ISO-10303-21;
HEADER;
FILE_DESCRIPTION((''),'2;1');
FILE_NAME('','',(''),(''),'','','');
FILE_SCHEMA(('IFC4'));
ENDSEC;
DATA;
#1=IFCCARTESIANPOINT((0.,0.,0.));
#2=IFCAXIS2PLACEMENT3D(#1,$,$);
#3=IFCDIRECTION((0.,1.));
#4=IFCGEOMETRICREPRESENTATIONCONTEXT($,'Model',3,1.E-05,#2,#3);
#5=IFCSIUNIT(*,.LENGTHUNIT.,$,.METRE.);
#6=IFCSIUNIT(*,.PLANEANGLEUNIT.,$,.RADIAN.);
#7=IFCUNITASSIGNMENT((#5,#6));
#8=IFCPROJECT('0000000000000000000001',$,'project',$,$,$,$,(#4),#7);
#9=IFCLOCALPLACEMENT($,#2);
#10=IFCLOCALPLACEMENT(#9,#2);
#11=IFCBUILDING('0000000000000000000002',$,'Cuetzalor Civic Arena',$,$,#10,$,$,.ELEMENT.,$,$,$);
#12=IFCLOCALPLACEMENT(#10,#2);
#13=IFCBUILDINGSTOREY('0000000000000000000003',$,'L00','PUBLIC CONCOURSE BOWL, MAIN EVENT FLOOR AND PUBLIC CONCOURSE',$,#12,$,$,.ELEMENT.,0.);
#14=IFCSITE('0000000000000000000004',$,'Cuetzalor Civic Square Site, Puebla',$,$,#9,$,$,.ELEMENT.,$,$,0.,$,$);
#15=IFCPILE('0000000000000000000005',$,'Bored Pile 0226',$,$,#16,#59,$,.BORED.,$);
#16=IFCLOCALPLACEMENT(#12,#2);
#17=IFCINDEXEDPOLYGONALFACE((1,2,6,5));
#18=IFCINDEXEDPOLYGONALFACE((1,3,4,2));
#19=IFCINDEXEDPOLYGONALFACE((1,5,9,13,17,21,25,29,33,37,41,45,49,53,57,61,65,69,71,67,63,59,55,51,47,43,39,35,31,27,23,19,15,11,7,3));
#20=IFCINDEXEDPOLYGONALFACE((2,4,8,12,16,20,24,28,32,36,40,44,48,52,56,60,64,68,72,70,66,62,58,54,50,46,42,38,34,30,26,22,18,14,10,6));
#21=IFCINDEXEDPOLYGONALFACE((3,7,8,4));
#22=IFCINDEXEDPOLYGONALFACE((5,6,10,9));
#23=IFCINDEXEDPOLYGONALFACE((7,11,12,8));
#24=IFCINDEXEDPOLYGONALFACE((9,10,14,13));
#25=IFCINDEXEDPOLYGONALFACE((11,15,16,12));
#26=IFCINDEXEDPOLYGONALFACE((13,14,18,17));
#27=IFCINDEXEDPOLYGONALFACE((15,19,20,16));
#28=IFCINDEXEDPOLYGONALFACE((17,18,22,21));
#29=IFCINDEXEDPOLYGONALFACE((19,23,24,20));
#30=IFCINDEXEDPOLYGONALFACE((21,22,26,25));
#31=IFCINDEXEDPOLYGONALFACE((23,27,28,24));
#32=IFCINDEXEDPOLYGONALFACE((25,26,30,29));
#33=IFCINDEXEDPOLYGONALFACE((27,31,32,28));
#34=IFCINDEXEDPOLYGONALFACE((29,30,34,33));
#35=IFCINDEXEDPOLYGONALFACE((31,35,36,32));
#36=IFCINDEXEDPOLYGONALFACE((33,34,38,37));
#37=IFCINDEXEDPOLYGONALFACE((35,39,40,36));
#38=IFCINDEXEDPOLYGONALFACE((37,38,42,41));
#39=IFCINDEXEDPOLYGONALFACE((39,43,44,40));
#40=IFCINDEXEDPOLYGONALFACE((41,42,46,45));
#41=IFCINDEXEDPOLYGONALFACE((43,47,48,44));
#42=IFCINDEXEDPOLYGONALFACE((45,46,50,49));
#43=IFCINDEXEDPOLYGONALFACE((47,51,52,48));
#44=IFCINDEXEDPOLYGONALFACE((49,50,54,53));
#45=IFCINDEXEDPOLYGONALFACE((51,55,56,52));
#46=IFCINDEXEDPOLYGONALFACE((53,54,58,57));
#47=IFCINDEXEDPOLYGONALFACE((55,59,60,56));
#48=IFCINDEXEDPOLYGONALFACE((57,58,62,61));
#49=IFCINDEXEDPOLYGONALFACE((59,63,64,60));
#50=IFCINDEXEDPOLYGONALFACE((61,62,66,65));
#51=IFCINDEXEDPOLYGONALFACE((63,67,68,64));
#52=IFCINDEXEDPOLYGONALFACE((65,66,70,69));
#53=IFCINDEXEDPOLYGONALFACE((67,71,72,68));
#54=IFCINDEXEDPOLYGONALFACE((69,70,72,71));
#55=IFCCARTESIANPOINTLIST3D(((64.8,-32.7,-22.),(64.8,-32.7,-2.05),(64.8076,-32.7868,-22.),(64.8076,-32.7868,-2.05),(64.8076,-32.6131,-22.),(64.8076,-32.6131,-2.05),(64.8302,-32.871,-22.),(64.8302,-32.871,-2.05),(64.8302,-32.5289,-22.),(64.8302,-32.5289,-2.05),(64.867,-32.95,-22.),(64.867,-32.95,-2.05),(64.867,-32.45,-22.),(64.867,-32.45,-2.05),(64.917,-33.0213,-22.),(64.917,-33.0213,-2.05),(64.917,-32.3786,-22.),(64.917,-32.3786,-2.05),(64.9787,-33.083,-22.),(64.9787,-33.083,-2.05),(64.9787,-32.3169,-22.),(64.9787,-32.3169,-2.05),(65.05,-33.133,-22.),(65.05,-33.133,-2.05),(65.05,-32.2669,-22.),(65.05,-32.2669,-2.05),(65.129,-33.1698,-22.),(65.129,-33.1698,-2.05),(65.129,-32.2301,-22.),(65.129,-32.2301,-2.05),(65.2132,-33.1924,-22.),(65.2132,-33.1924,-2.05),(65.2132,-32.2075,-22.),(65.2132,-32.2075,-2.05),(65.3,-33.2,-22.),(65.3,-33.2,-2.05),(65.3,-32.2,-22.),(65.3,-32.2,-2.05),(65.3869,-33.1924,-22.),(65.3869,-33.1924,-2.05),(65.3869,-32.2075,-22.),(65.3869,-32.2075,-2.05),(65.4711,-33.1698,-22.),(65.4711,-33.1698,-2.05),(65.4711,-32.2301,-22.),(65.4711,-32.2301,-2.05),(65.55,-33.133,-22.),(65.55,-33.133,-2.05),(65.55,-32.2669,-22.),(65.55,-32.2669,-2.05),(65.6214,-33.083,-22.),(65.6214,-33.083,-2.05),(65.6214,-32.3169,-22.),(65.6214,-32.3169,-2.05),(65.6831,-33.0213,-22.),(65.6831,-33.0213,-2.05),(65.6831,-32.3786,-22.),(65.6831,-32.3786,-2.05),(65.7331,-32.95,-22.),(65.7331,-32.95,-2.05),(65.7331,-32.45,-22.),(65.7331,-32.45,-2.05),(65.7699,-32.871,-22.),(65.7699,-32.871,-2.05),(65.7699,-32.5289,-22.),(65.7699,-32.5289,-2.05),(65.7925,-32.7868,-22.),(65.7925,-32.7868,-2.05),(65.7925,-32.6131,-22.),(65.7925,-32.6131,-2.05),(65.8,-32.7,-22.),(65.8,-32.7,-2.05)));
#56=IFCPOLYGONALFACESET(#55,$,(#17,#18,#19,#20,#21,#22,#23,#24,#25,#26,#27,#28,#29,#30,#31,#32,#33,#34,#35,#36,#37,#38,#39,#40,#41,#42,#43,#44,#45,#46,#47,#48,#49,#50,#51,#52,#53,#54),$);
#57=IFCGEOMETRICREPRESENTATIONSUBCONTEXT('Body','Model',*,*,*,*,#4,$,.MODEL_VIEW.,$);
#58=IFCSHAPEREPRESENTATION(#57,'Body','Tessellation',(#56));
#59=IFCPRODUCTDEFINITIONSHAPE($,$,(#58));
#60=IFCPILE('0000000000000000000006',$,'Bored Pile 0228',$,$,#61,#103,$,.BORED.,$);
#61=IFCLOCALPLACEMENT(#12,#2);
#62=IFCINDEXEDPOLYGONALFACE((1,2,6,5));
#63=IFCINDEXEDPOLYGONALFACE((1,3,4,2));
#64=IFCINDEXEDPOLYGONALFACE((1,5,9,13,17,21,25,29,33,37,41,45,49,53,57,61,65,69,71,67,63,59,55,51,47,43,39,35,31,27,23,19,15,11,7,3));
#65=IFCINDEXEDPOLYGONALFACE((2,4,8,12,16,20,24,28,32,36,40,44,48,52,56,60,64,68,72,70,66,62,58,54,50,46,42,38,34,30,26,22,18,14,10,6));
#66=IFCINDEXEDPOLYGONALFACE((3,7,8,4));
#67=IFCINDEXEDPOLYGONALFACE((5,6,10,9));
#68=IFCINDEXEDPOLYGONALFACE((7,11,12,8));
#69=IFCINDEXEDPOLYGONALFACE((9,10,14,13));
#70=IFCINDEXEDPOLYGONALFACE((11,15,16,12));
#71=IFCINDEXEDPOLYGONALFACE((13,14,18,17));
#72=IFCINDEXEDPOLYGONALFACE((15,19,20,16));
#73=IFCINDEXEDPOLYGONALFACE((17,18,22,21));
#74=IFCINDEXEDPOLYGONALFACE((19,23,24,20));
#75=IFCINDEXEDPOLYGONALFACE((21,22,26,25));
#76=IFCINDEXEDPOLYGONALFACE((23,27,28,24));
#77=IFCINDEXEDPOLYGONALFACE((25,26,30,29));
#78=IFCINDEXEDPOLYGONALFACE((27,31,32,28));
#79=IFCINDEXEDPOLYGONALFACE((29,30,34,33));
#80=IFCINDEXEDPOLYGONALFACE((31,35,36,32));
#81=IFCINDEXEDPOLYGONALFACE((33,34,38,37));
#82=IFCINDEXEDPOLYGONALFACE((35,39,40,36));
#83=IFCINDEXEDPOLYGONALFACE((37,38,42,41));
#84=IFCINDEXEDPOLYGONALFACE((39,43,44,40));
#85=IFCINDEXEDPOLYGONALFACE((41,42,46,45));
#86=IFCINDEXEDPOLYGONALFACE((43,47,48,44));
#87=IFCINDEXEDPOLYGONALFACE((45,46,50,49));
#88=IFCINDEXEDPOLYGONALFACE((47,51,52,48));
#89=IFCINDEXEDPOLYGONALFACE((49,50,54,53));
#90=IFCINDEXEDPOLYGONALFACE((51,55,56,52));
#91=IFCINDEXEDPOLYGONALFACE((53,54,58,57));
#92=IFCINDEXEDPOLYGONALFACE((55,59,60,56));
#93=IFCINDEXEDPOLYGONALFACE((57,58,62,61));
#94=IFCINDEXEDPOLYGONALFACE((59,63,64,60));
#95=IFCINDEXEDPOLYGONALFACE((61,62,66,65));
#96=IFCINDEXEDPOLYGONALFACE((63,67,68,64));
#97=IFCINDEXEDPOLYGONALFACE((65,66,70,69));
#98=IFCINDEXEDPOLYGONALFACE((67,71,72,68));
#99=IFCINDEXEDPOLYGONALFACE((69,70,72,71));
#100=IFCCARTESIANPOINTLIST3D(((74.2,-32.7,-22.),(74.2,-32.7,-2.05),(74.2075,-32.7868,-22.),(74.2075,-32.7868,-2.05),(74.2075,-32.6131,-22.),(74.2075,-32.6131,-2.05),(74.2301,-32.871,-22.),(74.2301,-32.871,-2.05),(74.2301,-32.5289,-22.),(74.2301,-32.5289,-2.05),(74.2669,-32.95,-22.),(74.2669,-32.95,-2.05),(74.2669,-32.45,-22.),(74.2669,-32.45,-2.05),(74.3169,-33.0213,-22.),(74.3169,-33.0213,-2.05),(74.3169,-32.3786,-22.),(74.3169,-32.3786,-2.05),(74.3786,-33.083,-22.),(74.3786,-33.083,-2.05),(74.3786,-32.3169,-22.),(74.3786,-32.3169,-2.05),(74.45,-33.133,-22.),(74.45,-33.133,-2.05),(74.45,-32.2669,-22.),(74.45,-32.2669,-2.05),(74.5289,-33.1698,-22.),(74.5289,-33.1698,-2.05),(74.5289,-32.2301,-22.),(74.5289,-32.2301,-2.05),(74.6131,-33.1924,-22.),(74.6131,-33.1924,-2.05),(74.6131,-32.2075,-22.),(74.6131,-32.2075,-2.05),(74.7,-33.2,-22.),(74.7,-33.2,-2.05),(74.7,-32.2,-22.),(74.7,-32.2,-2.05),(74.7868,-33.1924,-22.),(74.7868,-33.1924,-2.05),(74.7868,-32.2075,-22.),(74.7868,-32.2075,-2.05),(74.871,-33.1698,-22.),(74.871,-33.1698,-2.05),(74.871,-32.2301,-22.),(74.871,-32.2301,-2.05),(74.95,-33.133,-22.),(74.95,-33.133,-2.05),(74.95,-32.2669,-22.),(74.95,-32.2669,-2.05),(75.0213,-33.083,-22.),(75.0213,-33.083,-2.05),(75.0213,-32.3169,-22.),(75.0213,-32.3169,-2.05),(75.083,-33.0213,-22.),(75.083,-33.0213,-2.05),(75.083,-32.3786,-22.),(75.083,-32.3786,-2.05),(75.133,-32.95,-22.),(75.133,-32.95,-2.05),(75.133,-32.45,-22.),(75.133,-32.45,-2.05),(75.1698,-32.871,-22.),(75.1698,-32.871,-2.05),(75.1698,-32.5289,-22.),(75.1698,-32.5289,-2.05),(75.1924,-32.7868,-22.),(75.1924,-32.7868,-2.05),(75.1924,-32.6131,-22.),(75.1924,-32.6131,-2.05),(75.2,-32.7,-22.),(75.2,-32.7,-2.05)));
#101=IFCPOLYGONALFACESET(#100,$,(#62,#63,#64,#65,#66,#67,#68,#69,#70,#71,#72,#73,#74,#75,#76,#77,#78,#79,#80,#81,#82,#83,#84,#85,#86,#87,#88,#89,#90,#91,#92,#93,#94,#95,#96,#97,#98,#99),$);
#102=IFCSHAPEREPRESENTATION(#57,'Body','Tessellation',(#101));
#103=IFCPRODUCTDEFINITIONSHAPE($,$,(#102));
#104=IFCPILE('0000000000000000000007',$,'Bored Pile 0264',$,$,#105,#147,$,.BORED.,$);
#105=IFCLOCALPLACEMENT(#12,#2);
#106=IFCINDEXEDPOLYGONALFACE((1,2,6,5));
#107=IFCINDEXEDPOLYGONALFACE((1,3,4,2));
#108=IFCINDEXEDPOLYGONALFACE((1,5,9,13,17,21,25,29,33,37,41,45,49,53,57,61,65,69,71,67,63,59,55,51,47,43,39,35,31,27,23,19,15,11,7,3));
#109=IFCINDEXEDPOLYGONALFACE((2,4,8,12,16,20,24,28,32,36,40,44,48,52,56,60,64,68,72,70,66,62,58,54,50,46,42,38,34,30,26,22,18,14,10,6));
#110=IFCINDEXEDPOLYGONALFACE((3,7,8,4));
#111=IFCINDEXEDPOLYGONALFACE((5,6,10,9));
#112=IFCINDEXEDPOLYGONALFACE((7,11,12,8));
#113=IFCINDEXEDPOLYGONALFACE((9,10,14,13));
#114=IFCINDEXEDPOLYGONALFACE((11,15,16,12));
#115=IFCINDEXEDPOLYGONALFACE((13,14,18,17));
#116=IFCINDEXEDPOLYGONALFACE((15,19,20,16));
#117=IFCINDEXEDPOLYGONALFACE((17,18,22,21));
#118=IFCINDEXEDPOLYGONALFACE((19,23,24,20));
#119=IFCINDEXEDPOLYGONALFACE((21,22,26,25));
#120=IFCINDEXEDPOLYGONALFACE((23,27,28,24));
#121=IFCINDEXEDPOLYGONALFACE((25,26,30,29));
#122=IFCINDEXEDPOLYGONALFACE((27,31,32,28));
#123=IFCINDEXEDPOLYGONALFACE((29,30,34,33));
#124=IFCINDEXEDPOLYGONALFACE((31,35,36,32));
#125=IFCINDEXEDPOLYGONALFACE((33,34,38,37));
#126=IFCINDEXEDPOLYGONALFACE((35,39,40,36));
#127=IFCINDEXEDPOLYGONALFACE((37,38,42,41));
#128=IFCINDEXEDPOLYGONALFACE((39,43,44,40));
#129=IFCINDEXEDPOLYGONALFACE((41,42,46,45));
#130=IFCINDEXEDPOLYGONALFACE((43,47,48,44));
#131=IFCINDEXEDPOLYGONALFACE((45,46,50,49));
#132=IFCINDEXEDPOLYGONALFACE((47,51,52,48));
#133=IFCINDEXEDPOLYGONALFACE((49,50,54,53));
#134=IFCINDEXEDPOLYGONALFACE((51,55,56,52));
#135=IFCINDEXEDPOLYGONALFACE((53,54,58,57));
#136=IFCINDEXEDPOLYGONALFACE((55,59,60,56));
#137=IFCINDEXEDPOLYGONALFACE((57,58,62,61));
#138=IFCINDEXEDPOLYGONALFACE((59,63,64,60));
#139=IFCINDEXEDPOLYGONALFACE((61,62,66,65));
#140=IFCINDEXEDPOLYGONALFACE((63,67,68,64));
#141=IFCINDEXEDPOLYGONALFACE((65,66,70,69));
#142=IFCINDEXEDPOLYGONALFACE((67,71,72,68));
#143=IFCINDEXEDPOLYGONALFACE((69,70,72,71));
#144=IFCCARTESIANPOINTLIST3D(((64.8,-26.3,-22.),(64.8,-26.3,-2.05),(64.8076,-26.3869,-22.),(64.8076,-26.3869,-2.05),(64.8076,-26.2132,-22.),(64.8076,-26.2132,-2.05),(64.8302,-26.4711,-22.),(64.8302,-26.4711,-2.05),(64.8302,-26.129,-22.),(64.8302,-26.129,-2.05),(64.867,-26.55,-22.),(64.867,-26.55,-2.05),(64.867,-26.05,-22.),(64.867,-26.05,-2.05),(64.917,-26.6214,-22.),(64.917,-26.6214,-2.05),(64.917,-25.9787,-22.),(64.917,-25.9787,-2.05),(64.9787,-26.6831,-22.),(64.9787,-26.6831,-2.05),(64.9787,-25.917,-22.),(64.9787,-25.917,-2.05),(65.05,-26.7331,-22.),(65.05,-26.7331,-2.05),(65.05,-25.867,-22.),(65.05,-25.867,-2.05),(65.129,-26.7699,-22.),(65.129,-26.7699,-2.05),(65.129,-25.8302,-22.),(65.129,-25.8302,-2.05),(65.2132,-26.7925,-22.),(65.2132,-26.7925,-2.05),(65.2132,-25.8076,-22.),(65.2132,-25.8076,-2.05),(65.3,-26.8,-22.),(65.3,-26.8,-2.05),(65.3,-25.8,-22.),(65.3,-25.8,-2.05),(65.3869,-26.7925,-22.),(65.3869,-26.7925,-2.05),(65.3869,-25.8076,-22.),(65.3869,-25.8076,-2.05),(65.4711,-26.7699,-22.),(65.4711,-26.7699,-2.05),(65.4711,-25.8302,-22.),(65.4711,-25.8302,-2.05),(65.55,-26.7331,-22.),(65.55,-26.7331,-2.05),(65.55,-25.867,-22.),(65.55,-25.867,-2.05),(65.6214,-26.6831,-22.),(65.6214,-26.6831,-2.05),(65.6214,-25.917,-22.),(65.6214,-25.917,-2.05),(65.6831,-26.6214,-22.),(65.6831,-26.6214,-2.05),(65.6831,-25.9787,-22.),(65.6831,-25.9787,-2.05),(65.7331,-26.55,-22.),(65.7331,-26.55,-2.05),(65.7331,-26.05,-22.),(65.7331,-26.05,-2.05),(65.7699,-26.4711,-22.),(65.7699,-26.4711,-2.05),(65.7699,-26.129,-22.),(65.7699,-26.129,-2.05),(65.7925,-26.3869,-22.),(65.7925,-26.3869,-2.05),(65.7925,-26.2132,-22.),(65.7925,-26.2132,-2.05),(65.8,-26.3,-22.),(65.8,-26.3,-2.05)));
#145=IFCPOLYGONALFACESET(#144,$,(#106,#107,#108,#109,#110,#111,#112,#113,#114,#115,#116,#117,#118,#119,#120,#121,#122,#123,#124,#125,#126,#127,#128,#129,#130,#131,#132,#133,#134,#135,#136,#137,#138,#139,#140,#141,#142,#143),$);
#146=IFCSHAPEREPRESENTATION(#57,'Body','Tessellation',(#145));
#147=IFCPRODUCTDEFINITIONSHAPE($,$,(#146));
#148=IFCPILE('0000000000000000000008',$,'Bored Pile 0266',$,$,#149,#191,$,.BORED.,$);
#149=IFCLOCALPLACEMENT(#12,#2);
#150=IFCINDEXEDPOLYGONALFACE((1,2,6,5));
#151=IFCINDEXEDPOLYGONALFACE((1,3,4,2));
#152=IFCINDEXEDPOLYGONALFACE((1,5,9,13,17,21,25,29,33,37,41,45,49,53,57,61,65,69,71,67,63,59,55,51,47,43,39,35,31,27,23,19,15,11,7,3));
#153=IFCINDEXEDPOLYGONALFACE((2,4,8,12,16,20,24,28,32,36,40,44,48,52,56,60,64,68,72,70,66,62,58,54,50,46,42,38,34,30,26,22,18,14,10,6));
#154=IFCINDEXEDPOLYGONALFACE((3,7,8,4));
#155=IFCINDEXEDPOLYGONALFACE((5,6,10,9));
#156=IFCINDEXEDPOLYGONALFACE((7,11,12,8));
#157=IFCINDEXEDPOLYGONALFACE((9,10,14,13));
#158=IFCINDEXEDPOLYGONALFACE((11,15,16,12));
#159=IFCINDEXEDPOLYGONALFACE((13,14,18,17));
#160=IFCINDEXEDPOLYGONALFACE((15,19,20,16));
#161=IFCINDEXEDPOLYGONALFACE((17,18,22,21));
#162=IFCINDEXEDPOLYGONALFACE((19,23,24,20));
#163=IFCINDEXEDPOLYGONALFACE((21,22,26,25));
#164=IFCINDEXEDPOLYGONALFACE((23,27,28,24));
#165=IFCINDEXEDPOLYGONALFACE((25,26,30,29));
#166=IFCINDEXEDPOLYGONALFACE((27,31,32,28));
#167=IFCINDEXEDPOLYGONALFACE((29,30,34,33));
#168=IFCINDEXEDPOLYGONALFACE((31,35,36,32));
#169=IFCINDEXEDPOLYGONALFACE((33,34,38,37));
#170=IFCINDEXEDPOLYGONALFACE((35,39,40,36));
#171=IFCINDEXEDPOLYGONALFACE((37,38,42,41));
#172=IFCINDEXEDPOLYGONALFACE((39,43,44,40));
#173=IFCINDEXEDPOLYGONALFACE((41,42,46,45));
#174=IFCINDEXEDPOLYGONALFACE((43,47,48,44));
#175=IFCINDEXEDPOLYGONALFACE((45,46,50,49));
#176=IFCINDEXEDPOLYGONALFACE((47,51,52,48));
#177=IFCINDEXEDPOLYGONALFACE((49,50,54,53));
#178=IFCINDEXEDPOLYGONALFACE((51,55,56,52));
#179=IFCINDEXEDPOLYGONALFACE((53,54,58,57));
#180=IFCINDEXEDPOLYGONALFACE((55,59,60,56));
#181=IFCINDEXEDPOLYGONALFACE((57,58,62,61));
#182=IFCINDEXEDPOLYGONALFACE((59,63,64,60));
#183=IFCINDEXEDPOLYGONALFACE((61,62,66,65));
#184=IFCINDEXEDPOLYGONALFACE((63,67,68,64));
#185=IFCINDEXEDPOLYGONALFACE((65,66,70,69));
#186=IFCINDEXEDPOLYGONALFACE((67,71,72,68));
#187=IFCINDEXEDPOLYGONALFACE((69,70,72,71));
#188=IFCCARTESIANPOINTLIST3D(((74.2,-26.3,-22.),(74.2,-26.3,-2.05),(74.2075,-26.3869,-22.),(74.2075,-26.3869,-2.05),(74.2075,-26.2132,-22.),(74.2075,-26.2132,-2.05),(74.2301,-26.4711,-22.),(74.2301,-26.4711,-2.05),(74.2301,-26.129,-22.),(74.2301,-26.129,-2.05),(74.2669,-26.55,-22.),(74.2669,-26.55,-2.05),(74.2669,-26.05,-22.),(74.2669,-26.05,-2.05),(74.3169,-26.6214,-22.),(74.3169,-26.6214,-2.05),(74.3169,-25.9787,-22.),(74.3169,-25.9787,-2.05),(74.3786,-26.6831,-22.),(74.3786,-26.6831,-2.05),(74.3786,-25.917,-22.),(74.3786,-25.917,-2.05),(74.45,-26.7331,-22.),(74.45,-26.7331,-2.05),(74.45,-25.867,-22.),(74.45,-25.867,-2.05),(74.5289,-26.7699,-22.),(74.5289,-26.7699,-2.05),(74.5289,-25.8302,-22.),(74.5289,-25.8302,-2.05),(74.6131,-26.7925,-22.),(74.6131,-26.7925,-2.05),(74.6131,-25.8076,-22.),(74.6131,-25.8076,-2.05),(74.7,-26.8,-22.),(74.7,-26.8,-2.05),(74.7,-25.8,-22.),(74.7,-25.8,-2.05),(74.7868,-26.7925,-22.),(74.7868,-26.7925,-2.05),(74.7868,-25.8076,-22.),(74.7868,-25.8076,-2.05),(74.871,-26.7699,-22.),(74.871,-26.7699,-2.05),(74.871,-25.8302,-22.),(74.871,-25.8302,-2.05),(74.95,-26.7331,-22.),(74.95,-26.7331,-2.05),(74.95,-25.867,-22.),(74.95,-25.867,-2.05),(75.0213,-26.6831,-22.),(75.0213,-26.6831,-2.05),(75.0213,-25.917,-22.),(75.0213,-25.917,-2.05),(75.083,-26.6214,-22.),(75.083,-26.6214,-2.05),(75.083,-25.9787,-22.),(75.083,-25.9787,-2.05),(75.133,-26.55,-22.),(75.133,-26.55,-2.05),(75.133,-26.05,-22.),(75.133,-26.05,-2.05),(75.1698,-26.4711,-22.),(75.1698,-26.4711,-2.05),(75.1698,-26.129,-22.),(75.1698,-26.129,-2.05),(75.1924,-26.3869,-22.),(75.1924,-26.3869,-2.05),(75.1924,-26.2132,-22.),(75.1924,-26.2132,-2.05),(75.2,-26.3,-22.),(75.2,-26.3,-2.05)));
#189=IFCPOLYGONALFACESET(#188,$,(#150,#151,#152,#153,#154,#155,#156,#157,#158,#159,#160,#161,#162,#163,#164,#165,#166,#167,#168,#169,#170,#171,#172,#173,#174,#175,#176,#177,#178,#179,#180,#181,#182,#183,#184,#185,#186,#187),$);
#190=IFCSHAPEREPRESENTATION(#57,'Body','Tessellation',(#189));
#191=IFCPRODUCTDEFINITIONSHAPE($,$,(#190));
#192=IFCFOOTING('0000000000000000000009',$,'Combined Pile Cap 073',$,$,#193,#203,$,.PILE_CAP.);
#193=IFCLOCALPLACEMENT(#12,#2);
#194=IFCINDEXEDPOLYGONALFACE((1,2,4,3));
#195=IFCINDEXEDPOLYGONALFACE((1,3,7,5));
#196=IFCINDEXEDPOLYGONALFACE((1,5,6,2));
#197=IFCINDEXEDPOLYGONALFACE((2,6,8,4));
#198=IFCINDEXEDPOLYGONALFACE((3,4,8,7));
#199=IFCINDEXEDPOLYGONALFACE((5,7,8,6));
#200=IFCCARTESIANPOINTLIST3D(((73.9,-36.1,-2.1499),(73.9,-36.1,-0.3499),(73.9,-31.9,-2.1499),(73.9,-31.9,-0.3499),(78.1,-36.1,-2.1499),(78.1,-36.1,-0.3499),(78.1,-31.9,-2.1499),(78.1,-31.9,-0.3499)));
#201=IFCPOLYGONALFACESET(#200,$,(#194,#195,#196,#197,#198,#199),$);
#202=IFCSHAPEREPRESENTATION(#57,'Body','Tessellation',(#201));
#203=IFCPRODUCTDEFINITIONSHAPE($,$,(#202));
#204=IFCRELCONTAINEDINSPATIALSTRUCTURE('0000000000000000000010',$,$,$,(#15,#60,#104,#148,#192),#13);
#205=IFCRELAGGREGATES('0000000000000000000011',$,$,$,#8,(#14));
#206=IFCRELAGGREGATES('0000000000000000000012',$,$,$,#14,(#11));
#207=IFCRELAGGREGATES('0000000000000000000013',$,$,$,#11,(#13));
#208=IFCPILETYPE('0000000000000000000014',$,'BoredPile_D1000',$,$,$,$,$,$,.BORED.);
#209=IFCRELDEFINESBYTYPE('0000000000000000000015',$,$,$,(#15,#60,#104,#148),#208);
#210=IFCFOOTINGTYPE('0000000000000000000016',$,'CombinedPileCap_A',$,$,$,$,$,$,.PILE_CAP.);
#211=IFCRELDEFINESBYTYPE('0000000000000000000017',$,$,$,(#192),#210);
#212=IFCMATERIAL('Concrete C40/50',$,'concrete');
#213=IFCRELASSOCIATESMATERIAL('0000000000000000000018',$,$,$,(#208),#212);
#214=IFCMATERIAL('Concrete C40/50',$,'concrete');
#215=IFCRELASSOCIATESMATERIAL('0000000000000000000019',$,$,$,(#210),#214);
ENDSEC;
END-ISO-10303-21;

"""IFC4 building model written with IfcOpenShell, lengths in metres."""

from ifc_helpers import new_model, si_unit, direction, frame, origin, origin_2d, place, context, subcontext, project, spatial, rectangle, circle, extrude, material, material_profile, profile_set, type_object, element, save


model = new_model("IFC4")

# Units and contexts
model_context = context("Model", 3, precision=1e-05, world=origin(), true_north=direction((0.0, 1.0)))
body_context = subcontext(model_context, "Body", "Model", "MODEL_VIEW")
ifc_project = project(units=[si_unit("LENGTHUNIT", "METRE"), si_unit("PLANEANGLEUNIT", "RADIAN")], contexts=[model_context])

# Site, building, storey
site_placement = place(None, origin())
site = spatial("IfcSite", under=ifc_project, at=site_placement, Name="Cuetzalor Civic Square Site, Puebla", CompositionType="ELEMENT", RefElevation=0.0)
building_placement = place(site_placement, origin())
building = spatial("IfcBuilding", under=site, at=building_placement, Name="Cuetzalor Civic Arena", CompositionType="ELEMENT")
storey_placement = place(building_placement, origin())
storey = spatial("IfcBuildingStorey", under=building, at=storey_placement, Name="L00", Description="PUBLIC CONCOURSE BOWL, MAIN EVENT FLOOR AND PUBLIC CONCOURSE", CompositionType="ELEMENT", Elevation=0.0)

# Piles
ifc_material_1 = material(Name="Concrete C40/50", Category="concrete")
ifc_material_profile_1 = material_profile(ifc_material_1, circle(Radius=0.5, at=origin_2d()), Name="BORED PILE D1000")
ifc_profile_set_1 = profile_set([ifc_material_profile_1], Name="Concrete C40/50")
pile_type = type_object("IfcPileType", Name="BoredPile_D1000", PredefinedType="BORED", material=ifc_profile_set_1)
for number, where, z_axis, x_axis, name in (
    (1, (65.3, -32.7, -2.05), (0.0, 0.0, -1.0), (1.0, 0.0, 0.0), "Bored Pile 0226"),
    (2, (74.7, -32.7, -2.05), (0.0, 0.0, -1.0), (1.0, 0.0, 0.0), "Bored Pile 0228"),
    (3, (65.3, -26.3, -2.05), (0.0, 0.0, -1.0), (1.0, 0.0, 0.0), "Bored Pile 0264"),
    (4, (74.7, -26.3, -2.05), (0.0, 0.0, -1.0), (1.0, 0.0, 0.0), "Bored Pile 0266"),
):
    element("IfcPile", number, at=place(storey_placement, frame(where, z_axis=z_axis, x_axis=x_axis)), inside=storey, type_object=pile_type, Name=name, PredefinedType="BORED", context=body_context, shape_type="SweptSolid", body=[
        extrude(circle(Radius=0.5, at=origin_2d()), origin(), (0.0, 0.0, 1.0), 19.95),
    ])

# Footing
ifc_material_2 = material(Name="Concrete C40/50", Category="concrete")
footing_type_1 = type_object("IfcFootingType", Name="CombinedPileCap_A", PredefinedType="PILE_CAP", material=ifc_material_2)
footing_1_placement = place(storey_placement, frame((76.0, -34.0, -2.1499), z_axis=(0.0, 0.0, 1.0), x_axis=(1.0, 0.0, 0.0)))
element("IfcFooting", 5, at=footing_1_placement, inside=storey, type_object=footing_type_1, Name="Combined Pile Cap 073", PredefinedType="PILE_CAP", context=body_context, shape_type="SweptSolid", body=[
    extrude(rectangle(XDim=4.2, YDim=4.2, at=origin_2d()), origin(), (0.0, 0.0, 1.0), 1.8),
])

save(model, "model.ifc")
